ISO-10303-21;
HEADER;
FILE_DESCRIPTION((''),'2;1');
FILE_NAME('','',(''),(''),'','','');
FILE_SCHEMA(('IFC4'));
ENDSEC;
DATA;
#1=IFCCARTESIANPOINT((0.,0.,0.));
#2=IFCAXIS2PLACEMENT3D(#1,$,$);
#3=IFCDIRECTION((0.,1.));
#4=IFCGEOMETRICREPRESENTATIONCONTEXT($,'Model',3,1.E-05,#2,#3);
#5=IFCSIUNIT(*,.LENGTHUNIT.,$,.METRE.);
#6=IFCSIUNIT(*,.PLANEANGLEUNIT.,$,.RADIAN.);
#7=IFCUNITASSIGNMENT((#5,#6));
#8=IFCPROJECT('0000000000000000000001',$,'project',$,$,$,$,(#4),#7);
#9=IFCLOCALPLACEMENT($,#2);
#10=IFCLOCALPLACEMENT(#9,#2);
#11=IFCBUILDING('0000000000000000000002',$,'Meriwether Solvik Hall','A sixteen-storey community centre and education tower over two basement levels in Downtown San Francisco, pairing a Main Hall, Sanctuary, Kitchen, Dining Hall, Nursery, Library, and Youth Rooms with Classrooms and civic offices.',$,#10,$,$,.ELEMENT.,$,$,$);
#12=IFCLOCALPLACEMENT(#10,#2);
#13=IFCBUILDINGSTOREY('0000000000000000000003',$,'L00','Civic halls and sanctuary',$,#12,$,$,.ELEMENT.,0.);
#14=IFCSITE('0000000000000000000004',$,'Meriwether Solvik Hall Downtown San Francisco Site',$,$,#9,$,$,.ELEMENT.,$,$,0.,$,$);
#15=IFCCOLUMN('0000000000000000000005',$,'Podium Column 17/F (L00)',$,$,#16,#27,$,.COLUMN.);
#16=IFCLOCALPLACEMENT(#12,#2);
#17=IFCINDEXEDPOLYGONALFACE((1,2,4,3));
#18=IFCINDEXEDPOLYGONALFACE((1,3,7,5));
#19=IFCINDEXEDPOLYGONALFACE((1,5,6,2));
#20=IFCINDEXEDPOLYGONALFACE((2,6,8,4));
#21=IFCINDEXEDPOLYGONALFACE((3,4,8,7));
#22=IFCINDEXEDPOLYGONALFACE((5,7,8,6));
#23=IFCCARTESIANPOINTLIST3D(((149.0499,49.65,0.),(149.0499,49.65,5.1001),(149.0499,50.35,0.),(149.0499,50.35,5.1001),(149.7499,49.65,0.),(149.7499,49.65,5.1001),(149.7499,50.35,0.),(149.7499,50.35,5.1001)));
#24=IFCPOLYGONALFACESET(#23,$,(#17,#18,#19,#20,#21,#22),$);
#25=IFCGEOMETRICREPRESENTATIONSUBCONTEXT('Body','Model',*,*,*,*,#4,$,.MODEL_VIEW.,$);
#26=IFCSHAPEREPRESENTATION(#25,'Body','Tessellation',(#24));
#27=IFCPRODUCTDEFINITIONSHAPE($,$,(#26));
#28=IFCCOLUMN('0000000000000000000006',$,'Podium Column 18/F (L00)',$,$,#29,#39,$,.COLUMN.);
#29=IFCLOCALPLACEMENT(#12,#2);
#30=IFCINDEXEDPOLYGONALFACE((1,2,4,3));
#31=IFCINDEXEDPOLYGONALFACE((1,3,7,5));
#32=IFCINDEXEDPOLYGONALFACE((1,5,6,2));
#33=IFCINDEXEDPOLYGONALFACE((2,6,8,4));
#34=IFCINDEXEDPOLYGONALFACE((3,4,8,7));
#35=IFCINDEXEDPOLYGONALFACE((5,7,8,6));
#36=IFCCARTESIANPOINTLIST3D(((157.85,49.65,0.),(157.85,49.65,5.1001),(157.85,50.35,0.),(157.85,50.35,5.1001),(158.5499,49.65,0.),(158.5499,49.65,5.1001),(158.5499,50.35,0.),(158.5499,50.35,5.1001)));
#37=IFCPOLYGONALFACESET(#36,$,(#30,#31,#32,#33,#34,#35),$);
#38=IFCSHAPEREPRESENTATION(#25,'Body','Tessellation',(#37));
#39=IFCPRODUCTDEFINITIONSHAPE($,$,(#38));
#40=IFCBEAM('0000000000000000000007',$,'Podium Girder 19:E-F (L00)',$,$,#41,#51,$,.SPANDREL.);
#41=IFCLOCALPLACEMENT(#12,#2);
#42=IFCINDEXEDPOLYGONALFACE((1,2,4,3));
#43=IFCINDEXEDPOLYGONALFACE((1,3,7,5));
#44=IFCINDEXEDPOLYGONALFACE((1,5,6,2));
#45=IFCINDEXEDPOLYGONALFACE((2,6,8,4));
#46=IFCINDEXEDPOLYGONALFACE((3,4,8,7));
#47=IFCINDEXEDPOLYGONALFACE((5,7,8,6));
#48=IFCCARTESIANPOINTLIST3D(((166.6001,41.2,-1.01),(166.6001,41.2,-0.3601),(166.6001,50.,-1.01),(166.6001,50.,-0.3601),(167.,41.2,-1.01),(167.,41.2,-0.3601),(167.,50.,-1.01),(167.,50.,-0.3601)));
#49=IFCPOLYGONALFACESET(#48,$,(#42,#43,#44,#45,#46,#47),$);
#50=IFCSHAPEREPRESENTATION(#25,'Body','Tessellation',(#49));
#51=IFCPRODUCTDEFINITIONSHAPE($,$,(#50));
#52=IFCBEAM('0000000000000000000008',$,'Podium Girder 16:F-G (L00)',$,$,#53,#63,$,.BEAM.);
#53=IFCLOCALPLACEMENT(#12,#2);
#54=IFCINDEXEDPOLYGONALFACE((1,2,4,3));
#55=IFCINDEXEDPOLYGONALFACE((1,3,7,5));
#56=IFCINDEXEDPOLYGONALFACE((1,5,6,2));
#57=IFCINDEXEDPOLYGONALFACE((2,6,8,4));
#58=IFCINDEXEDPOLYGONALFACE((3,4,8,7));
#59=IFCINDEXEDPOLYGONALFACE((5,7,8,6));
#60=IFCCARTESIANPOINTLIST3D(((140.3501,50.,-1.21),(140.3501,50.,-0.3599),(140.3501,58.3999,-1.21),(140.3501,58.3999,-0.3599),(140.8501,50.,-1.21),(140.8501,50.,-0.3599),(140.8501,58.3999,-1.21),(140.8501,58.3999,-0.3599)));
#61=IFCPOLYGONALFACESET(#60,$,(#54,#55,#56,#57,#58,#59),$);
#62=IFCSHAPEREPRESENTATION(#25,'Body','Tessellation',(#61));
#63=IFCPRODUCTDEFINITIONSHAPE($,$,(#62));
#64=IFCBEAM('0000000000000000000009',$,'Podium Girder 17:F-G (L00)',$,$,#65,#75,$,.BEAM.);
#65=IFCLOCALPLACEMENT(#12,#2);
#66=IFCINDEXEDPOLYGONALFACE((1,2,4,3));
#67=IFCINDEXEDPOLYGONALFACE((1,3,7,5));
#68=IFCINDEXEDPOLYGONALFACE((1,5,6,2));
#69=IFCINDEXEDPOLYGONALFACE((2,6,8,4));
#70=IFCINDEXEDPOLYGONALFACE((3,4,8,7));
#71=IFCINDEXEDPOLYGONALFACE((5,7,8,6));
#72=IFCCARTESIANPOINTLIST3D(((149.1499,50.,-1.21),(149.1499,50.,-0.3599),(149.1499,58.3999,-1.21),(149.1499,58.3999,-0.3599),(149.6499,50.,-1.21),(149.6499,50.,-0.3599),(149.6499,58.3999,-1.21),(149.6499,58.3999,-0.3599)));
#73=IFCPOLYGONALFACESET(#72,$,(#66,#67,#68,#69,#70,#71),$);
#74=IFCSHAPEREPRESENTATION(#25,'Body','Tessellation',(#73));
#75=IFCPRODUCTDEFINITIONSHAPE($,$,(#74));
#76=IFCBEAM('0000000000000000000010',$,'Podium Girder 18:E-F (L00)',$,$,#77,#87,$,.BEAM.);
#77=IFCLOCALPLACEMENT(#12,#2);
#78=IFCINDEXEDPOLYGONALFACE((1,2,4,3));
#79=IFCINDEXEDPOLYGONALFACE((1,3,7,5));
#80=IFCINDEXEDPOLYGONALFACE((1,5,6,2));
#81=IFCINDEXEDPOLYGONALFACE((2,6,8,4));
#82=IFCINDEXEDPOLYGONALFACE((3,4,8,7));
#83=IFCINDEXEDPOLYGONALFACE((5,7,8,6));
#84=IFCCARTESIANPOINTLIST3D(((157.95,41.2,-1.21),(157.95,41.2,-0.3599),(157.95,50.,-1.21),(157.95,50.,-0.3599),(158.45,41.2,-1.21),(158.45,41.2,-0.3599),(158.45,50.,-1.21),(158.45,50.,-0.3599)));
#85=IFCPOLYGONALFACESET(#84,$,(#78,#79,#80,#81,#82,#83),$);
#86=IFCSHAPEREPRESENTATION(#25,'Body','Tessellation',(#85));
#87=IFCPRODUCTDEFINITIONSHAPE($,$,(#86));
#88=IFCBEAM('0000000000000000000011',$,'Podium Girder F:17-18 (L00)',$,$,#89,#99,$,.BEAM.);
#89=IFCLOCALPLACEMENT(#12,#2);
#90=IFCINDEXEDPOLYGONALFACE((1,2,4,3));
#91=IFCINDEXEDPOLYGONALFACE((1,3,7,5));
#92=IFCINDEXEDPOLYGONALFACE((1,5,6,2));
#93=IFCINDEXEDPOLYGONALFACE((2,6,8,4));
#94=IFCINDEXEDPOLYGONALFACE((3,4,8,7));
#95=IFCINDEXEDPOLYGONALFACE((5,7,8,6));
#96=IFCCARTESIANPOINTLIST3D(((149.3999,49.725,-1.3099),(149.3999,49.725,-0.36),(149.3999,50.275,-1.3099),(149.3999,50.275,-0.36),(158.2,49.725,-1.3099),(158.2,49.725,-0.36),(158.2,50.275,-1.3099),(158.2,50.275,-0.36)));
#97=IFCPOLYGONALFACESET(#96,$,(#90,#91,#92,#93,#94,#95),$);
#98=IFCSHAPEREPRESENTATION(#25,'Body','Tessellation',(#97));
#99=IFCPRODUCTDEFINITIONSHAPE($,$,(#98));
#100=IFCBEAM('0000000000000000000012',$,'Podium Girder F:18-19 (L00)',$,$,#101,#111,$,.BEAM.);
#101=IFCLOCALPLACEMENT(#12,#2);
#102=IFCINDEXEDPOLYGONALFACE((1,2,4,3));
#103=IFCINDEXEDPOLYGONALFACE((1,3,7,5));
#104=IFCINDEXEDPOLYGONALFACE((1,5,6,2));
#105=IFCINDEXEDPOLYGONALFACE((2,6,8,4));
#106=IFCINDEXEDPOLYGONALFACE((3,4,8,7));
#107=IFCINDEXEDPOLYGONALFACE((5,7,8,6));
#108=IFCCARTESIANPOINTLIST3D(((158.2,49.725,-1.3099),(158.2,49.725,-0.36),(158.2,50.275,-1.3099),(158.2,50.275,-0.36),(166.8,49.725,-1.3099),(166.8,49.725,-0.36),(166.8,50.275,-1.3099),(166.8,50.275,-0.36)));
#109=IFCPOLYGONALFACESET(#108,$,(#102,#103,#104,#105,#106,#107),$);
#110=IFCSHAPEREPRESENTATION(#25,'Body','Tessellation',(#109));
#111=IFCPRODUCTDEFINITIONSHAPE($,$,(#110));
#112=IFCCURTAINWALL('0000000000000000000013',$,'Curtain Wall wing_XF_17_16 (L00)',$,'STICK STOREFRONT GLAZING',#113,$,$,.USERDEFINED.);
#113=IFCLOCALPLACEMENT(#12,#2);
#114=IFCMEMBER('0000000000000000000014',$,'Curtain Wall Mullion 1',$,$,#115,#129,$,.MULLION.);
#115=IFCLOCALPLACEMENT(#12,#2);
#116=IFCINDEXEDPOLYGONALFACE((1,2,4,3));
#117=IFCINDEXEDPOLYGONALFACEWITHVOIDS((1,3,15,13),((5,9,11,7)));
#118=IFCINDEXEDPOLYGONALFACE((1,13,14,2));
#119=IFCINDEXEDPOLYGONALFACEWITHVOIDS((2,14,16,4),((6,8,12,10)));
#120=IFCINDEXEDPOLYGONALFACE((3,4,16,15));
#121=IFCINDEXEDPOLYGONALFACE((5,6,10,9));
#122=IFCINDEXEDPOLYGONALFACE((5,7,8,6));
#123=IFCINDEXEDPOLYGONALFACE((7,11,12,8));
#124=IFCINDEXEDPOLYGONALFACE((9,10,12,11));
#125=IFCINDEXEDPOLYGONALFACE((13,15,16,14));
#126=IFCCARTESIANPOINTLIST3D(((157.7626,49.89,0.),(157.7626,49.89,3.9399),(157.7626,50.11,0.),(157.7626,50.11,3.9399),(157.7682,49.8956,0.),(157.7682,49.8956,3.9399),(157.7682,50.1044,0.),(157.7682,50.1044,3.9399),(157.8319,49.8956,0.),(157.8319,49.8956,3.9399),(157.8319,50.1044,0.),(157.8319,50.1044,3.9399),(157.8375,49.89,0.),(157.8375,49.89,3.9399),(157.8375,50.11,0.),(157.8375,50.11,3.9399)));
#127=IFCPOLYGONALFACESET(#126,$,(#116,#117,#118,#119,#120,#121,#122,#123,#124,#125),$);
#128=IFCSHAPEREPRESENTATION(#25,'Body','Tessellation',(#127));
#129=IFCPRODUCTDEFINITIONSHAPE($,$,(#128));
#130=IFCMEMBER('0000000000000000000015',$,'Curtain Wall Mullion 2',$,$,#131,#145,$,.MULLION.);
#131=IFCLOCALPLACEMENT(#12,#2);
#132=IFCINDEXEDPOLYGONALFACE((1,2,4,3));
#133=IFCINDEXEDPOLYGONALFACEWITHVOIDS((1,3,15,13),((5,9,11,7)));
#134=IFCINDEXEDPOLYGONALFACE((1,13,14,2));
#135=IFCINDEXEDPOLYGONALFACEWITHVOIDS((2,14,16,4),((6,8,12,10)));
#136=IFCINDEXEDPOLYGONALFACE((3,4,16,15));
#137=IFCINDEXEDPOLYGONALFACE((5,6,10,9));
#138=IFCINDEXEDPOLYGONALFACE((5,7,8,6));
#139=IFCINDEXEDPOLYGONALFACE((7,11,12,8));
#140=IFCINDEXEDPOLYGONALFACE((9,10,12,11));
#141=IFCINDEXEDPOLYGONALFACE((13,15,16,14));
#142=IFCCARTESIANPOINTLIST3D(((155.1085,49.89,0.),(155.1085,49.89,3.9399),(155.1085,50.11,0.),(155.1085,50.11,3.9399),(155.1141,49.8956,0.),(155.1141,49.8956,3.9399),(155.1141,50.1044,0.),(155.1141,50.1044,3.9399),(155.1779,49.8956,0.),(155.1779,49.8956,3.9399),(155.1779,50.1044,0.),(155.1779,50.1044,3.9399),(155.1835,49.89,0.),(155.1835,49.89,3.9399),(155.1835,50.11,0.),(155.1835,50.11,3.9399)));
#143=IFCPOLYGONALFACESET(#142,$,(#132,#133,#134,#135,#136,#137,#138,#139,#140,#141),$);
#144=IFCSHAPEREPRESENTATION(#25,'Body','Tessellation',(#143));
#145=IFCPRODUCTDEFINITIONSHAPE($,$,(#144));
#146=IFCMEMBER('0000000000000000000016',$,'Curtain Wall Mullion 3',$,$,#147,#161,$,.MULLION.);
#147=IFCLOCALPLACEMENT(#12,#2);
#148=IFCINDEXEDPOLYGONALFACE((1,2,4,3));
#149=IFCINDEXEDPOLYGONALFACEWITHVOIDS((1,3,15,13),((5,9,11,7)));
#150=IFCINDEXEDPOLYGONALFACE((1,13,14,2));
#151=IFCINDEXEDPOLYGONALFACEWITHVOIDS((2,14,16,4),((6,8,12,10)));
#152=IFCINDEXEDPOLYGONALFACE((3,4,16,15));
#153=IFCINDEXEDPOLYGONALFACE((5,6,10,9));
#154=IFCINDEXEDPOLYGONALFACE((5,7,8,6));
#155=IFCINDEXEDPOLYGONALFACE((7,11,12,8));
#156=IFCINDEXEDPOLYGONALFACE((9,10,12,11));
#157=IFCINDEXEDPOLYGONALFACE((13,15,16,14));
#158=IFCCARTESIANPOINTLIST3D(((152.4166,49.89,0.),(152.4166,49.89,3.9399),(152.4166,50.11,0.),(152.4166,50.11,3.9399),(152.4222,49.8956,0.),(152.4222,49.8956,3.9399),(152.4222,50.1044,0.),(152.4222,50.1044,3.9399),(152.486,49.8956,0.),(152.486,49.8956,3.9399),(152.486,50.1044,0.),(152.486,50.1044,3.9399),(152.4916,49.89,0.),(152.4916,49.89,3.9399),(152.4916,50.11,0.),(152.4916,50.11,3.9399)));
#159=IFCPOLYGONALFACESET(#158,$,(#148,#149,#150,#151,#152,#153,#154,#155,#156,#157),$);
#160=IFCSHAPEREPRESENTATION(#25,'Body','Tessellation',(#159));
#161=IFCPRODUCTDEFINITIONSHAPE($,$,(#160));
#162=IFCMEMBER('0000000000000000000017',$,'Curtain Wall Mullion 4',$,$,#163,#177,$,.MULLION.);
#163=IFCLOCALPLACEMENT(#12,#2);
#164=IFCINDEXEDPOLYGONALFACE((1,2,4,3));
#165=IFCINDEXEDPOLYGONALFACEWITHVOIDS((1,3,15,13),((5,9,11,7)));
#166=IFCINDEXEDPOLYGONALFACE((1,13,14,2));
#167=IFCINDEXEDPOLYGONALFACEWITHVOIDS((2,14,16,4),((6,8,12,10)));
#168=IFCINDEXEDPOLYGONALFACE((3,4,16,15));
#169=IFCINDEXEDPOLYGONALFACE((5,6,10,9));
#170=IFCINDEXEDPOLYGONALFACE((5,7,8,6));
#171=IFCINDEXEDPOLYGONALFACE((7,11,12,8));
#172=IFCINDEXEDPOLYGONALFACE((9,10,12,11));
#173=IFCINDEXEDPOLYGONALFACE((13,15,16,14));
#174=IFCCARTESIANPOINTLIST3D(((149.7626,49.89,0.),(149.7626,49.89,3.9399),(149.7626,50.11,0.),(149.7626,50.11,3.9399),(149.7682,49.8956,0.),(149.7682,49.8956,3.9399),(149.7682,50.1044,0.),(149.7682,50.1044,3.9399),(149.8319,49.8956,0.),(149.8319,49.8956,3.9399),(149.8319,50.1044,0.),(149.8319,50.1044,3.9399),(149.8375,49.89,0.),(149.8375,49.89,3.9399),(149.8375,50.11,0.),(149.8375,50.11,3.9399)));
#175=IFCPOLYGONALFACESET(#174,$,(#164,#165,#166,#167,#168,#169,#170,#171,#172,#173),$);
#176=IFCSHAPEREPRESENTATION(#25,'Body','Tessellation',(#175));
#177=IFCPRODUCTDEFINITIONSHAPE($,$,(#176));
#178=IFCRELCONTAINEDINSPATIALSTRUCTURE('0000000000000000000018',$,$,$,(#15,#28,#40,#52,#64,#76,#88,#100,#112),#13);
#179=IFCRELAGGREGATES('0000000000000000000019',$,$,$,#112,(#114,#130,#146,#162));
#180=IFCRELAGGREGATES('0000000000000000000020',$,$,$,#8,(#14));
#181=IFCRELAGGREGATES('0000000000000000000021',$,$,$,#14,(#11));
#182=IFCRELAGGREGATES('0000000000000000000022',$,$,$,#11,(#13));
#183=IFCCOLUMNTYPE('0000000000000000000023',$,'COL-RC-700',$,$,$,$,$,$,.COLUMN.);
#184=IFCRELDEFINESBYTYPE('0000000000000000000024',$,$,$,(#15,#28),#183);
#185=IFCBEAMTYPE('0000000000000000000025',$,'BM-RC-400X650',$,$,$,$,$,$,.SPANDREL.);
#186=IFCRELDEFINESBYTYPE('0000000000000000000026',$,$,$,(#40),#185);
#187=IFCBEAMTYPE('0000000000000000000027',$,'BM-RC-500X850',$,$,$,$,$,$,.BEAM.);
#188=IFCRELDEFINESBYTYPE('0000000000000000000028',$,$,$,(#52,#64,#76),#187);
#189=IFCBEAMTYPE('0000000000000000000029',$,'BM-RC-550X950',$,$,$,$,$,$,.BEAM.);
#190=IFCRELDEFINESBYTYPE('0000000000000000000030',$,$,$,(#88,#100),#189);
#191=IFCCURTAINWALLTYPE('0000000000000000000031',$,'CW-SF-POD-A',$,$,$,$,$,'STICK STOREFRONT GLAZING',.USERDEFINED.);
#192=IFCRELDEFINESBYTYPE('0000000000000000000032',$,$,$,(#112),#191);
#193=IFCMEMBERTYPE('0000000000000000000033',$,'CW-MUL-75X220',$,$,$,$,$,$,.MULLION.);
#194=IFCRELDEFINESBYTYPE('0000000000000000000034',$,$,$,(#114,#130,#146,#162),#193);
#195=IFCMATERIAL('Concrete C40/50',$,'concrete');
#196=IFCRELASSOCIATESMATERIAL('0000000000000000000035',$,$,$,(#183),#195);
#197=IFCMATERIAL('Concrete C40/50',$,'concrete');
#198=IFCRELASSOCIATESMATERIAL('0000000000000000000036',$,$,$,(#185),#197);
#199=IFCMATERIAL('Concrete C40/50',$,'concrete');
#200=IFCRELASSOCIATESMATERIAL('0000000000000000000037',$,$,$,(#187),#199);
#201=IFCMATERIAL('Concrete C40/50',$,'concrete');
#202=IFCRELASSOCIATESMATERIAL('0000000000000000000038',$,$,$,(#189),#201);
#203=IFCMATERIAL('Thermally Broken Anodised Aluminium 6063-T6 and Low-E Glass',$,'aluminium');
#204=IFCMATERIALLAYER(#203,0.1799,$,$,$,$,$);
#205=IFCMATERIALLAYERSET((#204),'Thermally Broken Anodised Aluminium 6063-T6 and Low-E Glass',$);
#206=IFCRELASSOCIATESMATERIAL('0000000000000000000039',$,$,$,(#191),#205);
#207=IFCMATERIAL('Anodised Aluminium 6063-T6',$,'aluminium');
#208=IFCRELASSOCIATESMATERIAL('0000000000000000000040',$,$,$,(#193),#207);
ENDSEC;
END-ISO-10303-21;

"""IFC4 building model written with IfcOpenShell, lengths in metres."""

from ifc_helpers import new_model, si_unit, direction, frame, origin, origin_2d, place, context, subcontext, project, spatial, rectangle, hollow_rectangle, extrude, material, layer, layer_set, material_profile, profile_set, type_object, element, aggregate, save


model = new_model("IFC4")

# Units and contexts
model_context = context("Model", 3, precision=1e-05, world=origin(), true_north=direction((0.0, 1.0)))
body_context = subcontext(model_context, "Body", "Model", "MODEL_VIEW")
ifc_project = project(units=[si_unit("LENGTHUNIT", "METRE"), si_unit("PLANEANGLEUNIT", "RADIAN")], contexts=[model_context])

# Site, building, storey
site_placement = place(None, origin())
site = spatial("IfcSite", under=ifc_project, at=site_placement, Name="Meriwether Solvik Hall Downtown San Francisco Site", CompositionType="ELEMENT", RefElevation=0.0)
building_placement = place(site_placement, origin())
building = spatial("IfcBuilding", under=site, at=building_placement, Name="Meriwether Solvik Hall", Description="A sixteen-storey community centre and education tower over two basement levels in Downtown San Francisco, pairing a Main Hall, Sanctuary, Kitchen, Dining Hall, Nursery, Library, and Youth Rooms with Classrooms and civic offices.", CompositionType="ELEMENT")
storey_placement = place(building_placement, origin())
storey = spatial("IfcBuildingStorey", under=building, at=storey_placement, Name="L00", Description="Civic halls and sanctuary", CompositionType="ELEMENT", Elevation=0.0)

# Columns
ifc_material_1 = material(Name="Concrete C40/50", Category="concrete")
ifc_material_profile_1 = material_profile(ifc_material_1, rectangle(XDim=0.7, YDim=0.7, at=origin_2d()), Name="RCC-700X700")
ifc_profile_set_1 = profile_set([ifc_material_profile_1], Name="Concrete C40/50")
column_type = type_object("IfcColumnType", Name="COL-RC-700", PredefinedType="COLUMN", material=ifc_profile_set_1)
for number, where, z_axis, x_axis, name in (
    (1, (149.3999, 50.0, 0.0), (0.0, 0.0, 1.0), (1.0, 0.0, 0.0), "Podium Column 17/F (L00)"),
    (2, (158.2, 50.0, 0.0), (0.0, 0.0, 1.0), (1.0, 0.0, 0.0), "Podium Column 18/F (L00)"),
):
    element("IfcColumn", number, at=place(storey_placement, frame(where, z_axis=z_axis, x_axis=x_axis)), inside=storey, type_object=column_type, Name=name, PredefinedType="COLUMN", context=body_context, shape_type="SweptSolid", body=[
        extrude(rectangle(XDim=0.7, YDim=0.7, at=origin_2d()), origin(), (0.0, 0.0, 1.0), 5.1001),
    ])

# Beams
ifc_material_2 = material(Name="Concrete C40/50", Category="concrete")
ifc_material_profile_2 = material_profile(ifc_material_2, rectangle(XDim=0.3999, YDim=0.6499, at=origin_2d()), Name="RCB-400X650")
ifc_profile_set_2 = profile_set([ifc_material_profile_2], Name="Concrete C40/50")
beam_type_1 = type_object("IfcBeamType", Name="BM-RC-400X650", PredefinedType="SPANDREL", material=ifc_profile_set_2)
beam_1_placement = place(storey_placement, frame((166.8, 41.2, -0.6851), z_axis=(0.0, 1.0, 0.0), x_axis=(-1.0, 0.0, 0.0)))
element("IfcBeam", 3, at=beam_1_placement, inside=storey, type_object=beam_type_1, Name="Podium Girder 19:E-F (L00)", PredefinedType="SPANDREL", context=body_context, shape_type="SweptSolid", body=[
    extrude(rectangle(XDim=0.3999, YDim=0.6499, at=origin_2d()), origin(), (0.0, 0.0, 1.0), 8.8),
])
ifc_material_3 = material(Name="Concrete C40/50", Category="concrete")
ifc_material_profile_3 = material_profile(ifc_material_3, rectangle(XDim=0.5, YDim=0.8501, at=origin_2d()), Name="RCB-500X850")
ifc_profile_set_3 = profile_set([ifc_material_profile_3], Name="Concrete C40/50")
beam_type_2 = type_object("IfcBeamType", Name="BM-RC-500X850", PredefinedType="BEAM", material=ifc_profile_set_3)
for number, where, z_axis, x_axis, name in (
    (4, (140.6001, 50.0, -0.7849), (0.0, 1.0, 0.0), (-1.0, 0.0, 0.0), "Podium Girder 16:F-G (L00)"),
    (5, (149.3999, 50.0, -0.7849), (0.0, 1.0, 0.0), (-1.0, 0.0, 0.0), "Podium Girder 17:F-G (L00)"),
):
    element("IfcBeam", number, at=place(storey_placement, frame(where, z_axis=z_axis, x_axis=x_axis)), inside=storey, type_object=beam_type_2, Name=name, PredefinedType="BEAM", context=body_context, shape_type="SweptSolid", body=[
        extrude(rectangle(XDim=0.5, YDim=0.8501, at=origin_2d()), origin(), (0.0, 0.0, 1.0), 8.3999),
    ])
beam_2_placement = place(storey_placement, frame((158.2, 41.2, -0.7849), z_axis=(0.0, 1.0, 0.0), x_axis=(-1.0, 0.0, 0.0)))
element("IfcBeam", 6, at=beam_2_placement, inside=storey, type_object=beam_type_2, Name="Podium Girder 18:E-F (L00)", PredefinedType="BEAM", context=body_context, shape_type="SweptSolid", body=[
    extrude(rectangle(XDim=0.5, YDim=0.8501, at=origin_2d()), origin(), (0.0, 0.0, 1.0), 8.8),
])
ifc_material_4 = material(Name="Concrete C40/50", Category="concrete")
ifc_material_profile_4 = material_profile(ifc_material_4, rectangle(XDim=0.55, YDim=0.95, at=origin_2d()), Name="RCB-550X950")
ifc_profile_set_4 = profile_set([ifc_material_profile_4], Name="Concrete C40/50")
beam_type_3 = type_object("IfcBeamType", Name="BM-RC-550X950", PredefinedType="BEAM", material=ifc_profile_set_4)
beam_3_placement = place(storey_placement, frame((149.3999, 50.0, -0.835), z_axis=(1.0, 0.0, 0.0), x_axis=(0.0, 1.0, 0.0)))
element("IfcBeam", 7, at=beam_3_placement, inside=storey, type_object=beam_type_3, Name="Podium Girder F:17-18 (L00)", PredefinedType="BEAM", context=body_context, shape_type="SweptSolid", body=[
    extrude(rectangle(XDim=0.55, YDim=0.95, at=origin_2d()), origin(), (0.0, 0.0, 1.0), 8.8),
])
beam_4_placement = place(storey_placement, frame((158.2, 50.0, -0.835), z_axis=(1.0, 0.0, 0.0), x_axis=(0.0, 1.0, 0.0)))
element("IfcBeam", 8, at=beam_4_placement, inside=storey, type_object=beam_type_3, Name="Podium Girder F:18-19 (L00)", PredefinedType="BEAM", context=body_context, shape_type="SweptSolid", body=[
    extrude(rectangle(XDim=0.55, YDim=0.95, at=origin_2d()), origin(), (0.0, 0.0, 1.0), 8.6001),
])

# Curtain wall, members
ifc_material_5 = material(Name="Thermally Broken Anodised Aluminium 6063-T6 and Low-E Glass", Category="aluminium")
ifc_layer_1 = layer(ifc_material_5, 0.1799)
ifc_layer_set_1 = layer_set([ifc_layer_1], Name="Thermally Broken Anodised Aluminium 6063-T6 and Low-E Glass")
curtain_wall_type = type_object("IfcCurtainWallType", Name="CW-SF-POD-A", ElementType="STICK STOREFRONT GLAZING", PredefinedType="USERDEFINED", material=ifc_layer_set_1)
curtain_wall_placement = place(storey_placement, origin())
curtain_wall = element("IfcCurtainWall", 9, at=curtain_wall_placement, inside=storey, type_object=curtain_wall_type, Name="Curtain Wall wing_XF_17_16 (L00)", ObjectType="STICK STOREFRONT GLAZING", PredefinedType="USERDEFINED")
ifc_material_6 = material(Name="Anodised Aluminium 6063-T6", Category="aluminium")
ifc_material_profile_5 = material_profile(ifc_material_6, hollow_rectangle(XDim=0.075, YDim=0.22, WallThickness=0.0056, at=origin_2d()), Name="CWM-75X220")
ifc_profile_set_5 = profile_set([ifc_material_profile_5], Name="Anodised Aluminium 6063-T6")
member_type_1 = type_object("IfcMemberType", Name="CW-MUL-75X220", PredefinedType="MULLION", material=ifc_profile_set_5)
member_1_placement = place(storey_placement, frame((157.8, 50.0, 0.0), z_axis=(0.0, 0.0, 1.0), x_axis=(-1.0, 0.0, 0.0)))
member_1 = element("IfcMember", 10, at=member_1_placement, type_object=member_type_1, Name="Curtain Wall Mullion 1", PredefinedType="MULLION", context=body_context, shape_type="SweptSolid", body=[
    extrude(hollow_rectangle(XDim=0.075, YDim=0.22, WallThickness=0.0056, at=origin_2d()), origin(), (0.0, 0.0, 1.0), 3.9399),
])
member_2_placement = place(storey_placement, frame((155.146, 50.0, 0.0), z_axis=(0.0, 0.0, 1.0), x_axis=(-1.0, 0.0, 0.0)))
member_2 = element("IfcMember", 11, at=member_2_placement, type_object=member_type_1, Name="Curtain Wall Mullion 2", PredefinedType="MULLION", context=body_context, shape_type="SweptSolid", body=[
    extrude(hollow_rectangle(XDim=0.075, YDim=0.22, WallThickness=0.0056, at=origin_2d()), origin(), (0.0, 0.0, 1.0), 3.9399),
])
member_3_placement = place(storey_placement, frame((152.4541, 50.0, 0.0), z_axis=(0.0, 0.0, 1.0), x_axis=(-1.0, 0.0, 0.0)))
member_3 = element("IfcMember", 12, at=member_3_placement, type_object=member_type_1, Name="Curtain Wall Mullion 3", PredefinedType="MULLION", context=body_context, shape_type="SweptSolid", body=[
    extrude(hollow_rectangle(XDim=0.075, YDim=0.22, WallThickness=0.0056, at=origin_2d()), origin(), (0.0, 0.0, 1.0), 3.9399),
])
member_4_placement = place(storey_placement, frame((149.8, 50.0, 0.0), z_axis=(0.0, 0.0, 1.0), x_axis=(-1.0, 0.0, 0.0)))
member_4 = element("IfcMember", 13, at=member_4_placement, type_object=member_type_1, Name="Curtain Wall Mullion 4", PredefinedType="MULLION", context=body_context, shape_type="SweptSolid", body=[
    extrude(hollow_rectangle(XDim=0.075, YDim=0.22, WallThickness=0.0056, at=origin_2d()), origin(), (0.0, 0.0, 1.0), 3.9399),
])
aggregate(curtain_wall, [member_1, member_2, member_3, member_4])

save(model, "model.ifc")
